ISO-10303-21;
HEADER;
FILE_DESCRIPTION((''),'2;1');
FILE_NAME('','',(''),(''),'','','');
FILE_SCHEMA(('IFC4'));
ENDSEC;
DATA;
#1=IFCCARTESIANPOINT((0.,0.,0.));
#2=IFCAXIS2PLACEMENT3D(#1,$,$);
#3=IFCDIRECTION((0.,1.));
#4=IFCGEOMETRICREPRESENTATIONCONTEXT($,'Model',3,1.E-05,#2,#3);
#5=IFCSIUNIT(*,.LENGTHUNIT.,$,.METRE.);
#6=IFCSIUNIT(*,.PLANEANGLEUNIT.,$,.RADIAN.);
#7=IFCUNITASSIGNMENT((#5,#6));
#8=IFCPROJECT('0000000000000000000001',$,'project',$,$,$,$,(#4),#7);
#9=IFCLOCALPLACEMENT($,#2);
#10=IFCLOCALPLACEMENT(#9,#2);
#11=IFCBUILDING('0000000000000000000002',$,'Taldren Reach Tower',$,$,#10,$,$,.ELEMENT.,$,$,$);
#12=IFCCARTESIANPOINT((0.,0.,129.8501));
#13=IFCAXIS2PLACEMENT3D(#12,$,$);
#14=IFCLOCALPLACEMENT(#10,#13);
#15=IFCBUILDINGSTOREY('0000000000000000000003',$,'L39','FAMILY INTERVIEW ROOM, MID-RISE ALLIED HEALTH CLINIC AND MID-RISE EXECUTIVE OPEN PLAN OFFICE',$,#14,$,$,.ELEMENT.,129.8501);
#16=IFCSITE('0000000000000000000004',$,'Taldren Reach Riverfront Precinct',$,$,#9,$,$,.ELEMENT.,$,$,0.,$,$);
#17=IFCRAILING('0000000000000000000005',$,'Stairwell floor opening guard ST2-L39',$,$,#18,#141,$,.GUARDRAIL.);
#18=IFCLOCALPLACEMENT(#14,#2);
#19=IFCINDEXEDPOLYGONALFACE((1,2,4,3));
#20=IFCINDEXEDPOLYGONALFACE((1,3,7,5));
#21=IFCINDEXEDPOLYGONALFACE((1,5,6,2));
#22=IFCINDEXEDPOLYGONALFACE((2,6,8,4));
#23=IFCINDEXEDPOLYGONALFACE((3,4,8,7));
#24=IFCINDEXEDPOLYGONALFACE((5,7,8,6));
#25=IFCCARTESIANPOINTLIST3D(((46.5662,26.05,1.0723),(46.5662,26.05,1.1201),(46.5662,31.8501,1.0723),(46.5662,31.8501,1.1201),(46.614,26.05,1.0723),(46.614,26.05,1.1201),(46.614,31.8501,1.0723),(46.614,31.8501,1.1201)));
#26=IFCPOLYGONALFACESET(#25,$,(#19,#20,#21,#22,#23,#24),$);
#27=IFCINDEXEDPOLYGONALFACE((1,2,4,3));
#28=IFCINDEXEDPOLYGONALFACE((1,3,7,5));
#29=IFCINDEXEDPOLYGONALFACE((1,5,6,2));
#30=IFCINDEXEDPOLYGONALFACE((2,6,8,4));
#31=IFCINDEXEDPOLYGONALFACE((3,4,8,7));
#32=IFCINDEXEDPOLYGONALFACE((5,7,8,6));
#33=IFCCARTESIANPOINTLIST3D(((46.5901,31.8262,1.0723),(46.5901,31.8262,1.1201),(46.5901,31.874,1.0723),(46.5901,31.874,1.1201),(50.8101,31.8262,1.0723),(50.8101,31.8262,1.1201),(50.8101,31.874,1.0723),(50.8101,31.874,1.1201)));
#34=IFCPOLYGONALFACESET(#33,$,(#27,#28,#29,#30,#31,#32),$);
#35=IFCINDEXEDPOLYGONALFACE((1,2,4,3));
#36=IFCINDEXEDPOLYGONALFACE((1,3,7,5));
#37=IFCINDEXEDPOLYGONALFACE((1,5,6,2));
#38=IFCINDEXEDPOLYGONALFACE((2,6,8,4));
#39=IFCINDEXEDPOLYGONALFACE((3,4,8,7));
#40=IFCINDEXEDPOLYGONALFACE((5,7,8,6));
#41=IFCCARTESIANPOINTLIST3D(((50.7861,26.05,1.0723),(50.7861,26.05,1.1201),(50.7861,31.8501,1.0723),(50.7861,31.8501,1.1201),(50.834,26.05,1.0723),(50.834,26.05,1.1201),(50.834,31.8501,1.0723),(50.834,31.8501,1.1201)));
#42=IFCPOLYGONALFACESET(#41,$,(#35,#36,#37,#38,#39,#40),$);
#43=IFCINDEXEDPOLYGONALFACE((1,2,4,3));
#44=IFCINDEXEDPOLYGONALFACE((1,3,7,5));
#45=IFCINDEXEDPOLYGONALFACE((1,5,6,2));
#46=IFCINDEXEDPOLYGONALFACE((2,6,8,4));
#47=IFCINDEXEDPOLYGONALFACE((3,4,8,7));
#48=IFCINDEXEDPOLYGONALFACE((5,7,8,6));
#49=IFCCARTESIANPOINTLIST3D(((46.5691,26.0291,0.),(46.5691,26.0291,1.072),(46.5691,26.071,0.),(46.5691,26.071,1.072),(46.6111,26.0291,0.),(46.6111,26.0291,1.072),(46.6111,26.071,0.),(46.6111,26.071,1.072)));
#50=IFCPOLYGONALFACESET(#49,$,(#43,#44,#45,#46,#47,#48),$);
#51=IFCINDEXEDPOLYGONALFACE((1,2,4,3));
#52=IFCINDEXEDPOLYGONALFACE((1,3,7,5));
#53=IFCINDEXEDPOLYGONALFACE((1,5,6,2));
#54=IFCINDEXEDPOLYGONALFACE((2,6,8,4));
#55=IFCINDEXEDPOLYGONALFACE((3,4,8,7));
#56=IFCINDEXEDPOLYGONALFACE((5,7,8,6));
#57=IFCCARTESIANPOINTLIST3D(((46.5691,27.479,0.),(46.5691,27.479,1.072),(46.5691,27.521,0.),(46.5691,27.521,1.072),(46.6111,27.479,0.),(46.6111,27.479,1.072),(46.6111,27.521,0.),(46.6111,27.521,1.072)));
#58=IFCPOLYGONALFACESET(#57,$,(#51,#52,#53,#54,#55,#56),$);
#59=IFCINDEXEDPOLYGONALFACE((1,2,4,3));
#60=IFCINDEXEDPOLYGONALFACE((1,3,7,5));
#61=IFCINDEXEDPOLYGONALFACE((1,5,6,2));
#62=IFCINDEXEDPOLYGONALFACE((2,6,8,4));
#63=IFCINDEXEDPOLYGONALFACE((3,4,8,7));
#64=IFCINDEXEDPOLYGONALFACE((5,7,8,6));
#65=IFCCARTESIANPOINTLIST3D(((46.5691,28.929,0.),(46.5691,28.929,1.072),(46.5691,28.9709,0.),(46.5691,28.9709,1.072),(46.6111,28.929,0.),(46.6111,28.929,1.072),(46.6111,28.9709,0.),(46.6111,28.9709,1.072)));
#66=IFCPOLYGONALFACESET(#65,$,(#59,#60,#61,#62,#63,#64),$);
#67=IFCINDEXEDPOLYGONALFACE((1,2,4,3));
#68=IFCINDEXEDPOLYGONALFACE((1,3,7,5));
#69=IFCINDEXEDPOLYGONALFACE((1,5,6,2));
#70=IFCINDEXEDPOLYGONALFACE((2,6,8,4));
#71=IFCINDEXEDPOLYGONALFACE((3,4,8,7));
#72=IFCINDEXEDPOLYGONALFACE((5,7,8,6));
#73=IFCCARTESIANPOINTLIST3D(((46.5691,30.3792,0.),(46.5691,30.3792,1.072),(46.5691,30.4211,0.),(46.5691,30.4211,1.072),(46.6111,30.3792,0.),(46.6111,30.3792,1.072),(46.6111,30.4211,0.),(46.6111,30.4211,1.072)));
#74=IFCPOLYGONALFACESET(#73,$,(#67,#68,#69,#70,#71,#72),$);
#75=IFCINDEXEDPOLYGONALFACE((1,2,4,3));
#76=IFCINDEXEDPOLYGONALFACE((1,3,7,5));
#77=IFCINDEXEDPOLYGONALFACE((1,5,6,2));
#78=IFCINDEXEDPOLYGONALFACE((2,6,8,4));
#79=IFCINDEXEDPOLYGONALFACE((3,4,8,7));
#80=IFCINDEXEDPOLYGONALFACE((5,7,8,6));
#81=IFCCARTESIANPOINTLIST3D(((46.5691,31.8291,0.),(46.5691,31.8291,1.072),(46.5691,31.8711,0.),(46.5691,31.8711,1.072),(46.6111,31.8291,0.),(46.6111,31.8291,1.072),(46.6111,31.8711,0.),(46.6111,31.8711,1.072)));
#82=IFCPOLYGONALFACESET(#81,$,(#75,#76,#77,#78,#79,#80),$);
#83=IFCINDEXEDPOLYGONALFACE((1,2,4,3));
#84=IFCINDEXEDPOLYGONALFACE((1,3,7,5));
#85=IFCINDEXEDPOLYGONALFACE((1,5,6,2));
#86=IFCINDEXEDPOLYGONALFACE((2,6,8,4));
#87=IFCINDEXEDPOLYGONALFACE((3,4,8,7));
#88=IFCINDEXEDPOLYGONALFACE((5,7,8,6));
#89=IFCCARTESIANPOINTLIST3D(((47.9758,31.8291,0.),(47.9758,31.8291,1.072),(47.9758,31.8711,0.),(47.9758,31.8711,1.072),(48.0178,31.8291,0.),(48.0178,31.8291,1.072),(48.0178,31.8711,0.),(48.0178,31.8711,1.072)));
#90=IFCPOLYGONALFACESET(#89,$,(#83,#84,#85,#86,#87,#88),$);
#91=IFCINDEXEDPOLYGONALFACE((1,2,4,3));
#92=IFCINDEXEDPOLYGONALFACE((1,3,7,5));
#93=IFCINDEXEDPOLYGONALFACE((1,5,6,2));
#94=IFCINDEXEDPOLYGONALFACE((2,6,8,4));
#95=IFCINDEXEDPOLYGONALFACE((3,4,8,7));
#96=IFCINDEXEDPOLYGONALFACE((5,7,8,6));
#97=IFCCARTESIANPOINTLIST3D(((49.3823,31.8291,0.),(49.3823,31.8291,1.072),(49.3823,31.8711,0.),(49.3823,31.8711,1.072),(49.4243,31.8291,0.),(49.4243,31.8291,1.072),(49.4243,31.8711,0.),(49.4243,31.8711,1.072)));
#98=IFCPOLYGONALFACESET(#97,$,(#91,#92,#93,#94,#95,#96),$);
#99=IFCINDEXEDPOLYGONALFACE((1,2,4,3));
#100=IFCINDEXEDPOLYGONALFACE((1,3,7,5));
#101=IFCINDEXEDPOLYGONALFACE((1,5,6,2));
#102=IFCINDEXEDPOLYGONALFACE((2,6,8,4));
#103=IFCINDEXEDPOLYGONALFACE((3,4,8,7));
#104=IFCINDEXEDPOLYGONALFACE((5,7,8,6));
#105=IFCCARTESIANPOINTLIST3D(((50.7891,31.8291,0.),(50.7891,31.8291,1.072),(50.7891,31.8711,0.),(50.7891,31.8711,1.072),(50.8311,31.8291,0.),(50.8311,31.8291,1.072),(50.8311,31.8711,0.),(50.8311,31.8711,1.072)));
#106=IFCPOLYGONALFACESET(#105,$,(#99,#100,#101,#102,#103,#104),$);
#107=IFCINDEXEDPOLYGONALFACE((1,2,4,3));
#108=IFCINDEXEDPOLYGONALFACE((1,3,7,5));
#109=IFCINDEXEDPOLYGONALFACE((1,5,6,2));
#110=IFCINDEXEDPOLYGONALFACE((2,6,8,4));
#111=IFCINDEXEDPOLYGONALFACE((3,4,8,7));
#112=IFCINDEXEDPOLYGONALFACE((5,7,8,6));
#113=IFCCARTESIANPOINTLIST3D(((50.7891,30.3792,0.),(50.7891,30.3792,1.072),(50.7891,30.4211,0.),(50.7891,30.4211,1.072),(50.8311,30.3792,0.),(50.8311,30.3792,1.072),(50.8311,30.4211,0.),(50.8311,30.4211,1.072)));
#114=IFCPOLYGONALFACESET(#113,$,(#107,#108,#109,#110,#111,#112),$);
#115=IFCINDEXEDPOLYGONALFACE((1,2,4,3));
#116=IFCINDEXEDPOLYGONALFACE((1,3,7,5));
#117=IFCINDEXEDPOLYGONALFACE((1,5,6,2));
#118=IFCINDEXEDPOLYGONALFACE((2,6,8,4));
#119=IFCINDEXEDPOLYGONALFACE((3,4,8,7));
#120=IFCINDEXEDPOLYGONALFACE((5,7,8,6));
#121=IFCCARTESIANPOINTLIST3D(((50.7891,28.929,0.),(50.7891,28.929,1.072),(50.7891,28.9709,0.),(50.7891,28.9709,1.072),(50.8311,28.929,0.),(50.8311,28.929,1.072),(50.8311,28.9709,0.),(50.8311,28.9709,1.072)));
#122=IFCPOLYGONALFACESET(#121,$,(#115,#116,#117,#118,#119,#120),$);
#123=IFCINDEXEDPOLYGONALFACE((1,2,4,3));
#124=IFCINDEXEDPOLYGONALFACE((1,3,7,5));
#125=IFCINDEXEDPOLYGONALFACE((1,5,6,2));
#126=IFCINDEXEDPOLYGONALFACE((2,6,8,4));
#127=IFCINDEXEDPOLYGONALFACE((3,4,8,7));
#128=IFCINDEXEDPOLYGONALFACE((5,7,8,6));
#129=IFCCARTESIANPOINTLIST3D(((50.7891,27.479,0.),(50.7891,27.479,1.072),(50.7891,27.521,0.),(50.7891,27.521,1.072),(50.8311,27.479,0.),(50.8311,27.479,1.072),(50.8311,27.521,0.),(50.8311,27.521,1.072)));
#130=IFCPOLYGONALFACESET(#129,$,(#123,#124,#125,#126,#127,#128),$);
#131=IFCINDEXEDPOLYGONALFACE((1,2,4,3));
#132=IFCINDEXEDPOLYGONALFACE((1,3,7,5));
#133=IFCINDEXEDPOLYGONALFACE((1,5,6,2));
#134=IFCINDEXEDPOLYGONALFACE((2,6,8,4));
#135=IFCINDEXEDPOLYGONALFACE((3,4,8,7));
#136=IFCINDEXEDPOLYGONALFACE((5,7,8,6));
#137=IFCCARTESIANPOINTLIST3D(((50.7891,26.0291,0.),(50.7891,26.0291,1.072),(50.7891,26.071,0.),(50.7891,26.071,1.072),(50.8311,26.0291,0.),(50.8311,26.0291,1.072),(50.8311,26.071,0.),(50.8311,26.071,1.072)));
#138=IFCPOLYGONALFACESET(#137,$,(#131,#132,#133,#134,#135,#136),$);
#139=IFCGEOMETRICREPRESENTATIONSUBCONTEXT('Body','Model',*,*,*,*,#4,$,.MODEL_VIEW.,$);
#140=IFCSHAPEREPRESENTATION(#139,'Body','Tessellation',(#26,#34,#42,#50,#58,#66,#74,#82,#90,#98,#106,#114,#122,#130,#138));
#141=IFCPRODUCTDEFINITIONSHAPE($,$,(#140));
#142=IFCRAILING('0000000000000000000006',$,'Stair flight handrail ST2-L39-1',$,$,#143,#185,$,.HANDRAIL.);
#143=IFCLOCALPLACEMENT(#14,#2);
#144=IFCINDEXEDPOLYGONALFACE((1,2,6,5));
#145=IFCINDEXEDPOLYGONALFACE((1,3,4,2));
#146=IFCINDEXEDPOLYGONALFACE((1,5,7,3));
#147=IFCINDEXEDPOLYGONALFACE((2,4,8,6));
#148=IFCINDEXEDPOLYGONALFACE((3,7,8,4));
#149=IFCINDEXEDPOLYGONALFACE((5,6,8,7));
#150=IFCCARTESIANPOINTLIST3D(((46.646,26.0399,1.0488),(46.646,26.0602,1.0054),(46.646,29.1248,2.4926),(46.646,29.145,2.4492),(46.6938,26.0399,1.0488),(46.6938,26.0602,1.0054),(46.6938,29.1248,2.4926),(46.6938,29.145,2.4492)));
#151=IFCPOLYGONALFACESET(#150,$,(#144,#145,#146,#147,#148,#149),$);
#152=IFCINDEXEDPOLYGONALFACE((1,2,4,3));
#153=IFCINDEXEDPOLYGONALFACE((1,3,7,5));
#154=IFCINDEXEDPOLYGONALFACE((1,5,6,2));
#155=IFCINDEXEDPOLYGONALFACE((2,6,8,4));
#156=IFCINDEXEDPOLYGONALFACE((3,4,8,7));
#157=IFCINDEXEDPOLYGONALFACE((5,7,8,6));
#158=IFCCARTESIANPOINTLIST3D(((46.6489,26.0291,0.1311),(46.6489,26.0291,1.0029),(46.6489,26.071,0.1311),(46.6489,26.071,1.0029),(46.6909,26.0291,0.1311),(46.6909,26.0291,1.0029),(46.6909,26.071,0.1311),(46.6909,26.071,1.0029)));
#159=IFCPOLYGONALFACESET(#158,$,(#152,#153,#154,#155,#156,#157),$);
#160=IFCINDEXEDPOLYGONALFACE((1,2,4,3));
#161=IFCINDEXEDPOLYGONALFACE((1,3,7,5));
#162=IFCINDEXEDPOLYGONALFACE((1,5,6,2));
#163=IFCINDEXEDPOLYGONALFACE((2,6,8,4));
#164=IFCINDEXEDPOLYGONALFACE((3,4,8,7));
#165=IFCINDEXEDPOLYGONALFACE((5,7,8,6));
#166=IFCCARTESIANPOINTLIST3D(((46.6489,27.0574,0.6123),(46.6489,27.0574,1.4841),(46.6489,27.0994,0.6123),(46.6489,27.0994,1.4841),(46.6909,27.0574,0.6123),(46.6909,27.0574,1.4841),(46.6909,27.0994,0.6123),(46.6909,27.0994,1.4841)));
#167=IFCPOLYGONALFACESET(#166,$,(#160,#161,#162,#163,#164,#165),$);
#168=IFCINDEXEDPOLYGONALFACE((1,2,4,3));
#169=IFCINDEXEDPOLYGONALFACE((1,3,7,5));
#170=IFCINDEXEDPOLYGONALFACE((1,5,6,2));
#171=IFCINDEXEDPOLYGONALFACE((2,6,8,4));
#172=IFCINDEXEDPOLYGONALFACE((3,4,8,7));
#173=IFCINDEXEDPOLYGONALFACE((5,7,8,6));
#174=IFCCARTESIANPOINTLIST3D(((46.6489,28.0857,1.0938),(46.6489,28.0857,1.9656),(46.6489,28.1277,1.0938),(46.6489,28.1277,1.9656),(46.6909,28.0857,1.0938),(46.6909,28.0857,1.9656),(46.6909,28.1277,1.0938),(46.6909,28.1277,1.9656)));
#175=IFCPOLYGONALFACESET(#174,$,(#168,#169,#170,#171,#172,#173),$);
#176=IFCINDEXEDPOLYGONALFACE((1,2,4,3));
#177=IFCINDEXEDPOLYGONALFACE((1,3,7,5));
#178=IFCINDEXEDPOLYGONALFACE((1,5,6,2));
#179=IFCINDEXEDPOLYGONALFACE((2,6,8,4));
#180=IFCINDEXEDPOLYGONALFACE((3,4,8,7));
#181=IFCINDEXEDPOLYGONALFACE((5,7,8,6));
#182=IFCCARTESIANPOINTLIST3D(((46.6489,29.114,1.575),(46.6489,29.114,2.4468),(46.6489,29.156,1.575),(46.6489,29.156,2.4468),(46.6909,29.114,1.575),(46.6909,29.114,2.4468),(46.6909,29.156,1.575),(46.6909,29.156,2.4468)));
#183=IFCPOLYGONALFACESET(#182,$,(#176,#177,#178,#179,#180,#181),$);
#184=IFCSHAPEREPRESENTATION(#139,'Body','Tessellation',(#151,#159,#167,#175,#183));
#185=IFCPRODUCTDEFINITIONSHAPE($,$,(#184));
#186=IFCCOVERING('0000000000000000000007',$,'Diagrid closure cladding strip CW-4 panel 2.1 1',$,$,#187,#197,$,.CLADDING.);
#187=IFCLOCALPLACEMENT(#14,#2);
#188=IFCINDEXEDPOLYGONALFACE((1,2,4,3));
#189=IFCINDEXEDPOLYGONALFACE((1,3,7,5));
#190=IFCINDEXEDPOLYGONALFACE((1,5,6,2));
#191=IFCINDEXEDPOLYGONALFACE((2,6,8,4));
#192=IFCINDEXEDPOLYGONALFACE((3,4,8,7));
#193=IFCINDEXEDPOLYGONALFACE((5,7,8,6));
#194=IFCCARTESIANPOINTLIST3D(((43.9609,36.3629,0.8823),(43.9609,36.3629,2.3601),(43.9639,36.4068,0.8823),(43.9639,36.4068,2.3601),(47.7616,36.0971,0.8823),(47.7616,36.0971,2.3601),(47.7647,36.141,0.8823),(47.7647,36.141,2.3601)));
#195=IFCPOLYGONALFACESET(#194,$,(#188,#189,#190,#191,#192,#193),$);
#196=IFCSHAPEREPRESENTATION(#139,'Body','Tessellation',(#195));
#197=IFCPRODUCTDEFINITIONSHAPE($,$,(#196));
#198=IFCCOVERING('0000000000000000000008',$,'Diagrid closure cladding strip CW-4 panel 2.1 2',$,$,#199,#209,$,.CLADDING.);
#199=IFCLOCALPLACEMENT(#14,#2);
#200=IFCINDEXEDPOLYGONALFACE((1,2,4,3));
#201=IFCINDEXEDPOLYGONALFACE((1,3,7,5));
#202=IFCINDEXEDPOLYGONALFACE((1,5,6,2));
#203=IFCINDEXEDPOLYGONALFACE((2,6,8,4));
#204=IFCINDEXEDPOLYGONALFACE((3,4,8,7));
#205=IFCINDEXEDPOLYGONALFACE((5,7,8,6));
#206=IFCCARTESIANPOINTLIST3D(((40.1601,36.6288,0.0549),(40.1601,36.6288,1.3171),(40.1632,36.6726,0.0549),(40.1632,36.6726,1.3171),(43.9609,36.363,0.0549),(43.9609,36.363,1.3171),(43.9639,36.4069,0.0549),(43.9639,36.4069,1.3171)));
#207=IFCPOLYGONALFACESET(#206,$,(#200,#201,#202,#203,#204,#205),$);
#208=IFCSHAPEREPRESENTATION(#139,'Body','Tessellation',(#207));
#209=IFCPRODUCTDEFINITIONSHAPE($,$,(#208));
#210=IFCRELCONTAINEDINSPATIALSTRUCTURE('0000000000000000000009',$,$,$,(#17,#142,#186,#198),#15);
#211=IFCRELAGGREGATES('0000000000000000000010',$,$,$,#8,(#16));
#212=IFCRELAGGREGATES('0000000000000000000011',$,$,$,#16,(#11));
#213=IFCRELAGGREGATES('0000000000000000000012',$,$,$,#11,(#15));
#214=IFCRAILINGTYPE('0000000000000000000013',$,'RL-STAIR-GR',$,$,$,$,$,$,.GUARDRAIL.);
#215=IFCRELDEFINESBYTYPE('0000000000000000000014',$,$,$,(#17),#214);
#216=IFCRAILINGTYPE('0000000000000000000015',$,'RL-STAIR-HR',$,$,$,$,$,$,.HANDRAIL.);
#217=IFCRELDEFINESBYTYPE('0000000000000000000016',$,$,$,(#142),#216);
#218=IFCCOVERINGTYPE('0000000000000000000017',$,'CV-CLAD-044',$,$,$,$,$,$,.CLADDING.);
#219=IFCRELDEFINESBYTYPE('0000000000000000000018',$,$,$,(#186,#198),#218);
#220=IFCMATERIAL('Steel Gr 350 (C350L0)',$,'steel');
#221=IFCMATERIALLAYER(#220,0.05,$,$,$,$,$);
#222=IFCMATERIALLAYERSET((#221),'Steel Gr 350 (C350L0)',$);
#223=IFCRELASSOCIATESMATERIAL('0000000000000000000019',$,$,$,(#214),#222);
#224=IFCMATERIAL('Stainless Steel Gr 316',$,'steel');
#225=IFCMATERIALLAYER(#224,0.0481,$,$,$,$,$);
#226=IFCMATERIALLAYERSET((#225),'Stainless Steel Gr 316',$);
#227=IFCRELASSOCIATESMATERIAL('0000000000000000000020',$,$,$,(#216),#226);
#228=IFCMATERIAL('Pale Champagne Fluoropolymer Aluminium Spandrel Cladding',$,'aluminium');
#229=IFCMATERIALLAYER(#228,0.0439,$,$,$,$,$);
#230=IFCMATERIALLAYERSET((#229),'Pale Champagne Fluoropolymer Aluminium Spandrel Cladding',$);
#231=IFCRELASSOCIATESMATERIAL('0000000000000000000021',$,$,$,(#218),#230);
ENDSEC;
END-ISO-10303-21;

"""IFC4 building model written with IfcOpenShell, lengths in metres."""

from ifc_helpers import new_model, si_unit, direction, frame, origin, origin_2d, place, context, subcontext, project, spatial, rectangle, extrude, source, transform, mapped, material, layer, layer_set, type_object, element, save


model = new_model("IFC4")

# Units and contexts
model_context = context("Model", 3, precision=1e-05, world=origin(), true_north=direction((0.0, 1.0)))
body_context = subcontext(model_context, "Body", "Model", "MODEL_VIEW")
ifc_project = project(units=[si_unit("LENGTHUNIT", "METRE"), si_unit("PLANEANGLEUNIT", "RADIAN")], contexts=[model_context])

# Site, building, storey
site_placement = place(None, origin())
site = spatial("IfcSite", under=ifc_project, at=site_placement, Name="Taldren Reach Riverfront Precinct", CompositionType="ELEMENT", RefElevation=0.0)
building_placement = place(site_placement, origin())
building = spatial("IfcBuilding", under=site, at=building_placement, Name="Taldren Reach Tower", CompositionType="ELEMENT")
storey_placement = place(building_placement, frame((0.0, 0.0, 129.8501)))
storey = spatial("IfcBuildingStorey", under=building, at=storey_placement, Name="L39", Description="FAMILY INTERVIEW ROOM, MID-RISE ALLIED HEALTH CLINIC AND MID-RISE EXECUTIVE OPEN PLAN OFFICE", CompositionType="ELEMENT", Elevation=129.8501)

# Shared definitions
ifc_material_1 = material(Name="Steel Gr 350 (C350L0)", Category="steel")

# Railings
ifc_layer_1 = layer(ifc_material_1, 0.05)
ifc_layer_set_1 = layer_set([ifc_layer_1], Name="Steel Gr 350 (C350L0)")
railing_type_1 = type_object("IfcRailingType", Name="RL-STAIR-GR", PredefinedType="GUARDRAIL", material=ifc_layer_set_1)
railing_1_placement = place(storey_placement, frame((46.5901, 26.05, 0.0)))
element("IfcRailing", 1, at=railing_1_placement, inside=storey, type_object=railing_type_1, Name="Stairwell floor opening guard ST2-L39", PredefinedType="GUARDRAIL", context=body_context, shape_type="SweptSolid", body=[
    extrude(rectangle(XDim=0.0479, YDim=0.0479, at=origin_2d()), frame((0.0, 0.0, 1.0962), z_axis=(0.0, 1.0, 0.0), x_axis=(-1.0, 0.0, 0.0)), (0.0, 0.0, 1.0), 5.8),
    extrude(rectangle(XDim=0.0479, YDim=0.0479, at=origin_2d()), frame((0.0, 5.8, 1.0962), z_axis=(1.0, 0.0, 0.0), x_axis=(0.0, 1.0, 0.0)), (0.0, 0.0, 1.0), 4.22),
    extrude(rectangle(XDim=0.0479, YDim=0.0479, at=origin_2d()), frame((4.22, 5.8, 1.0962), z_axis=(0.0, -1.0, 0.0), x_axis=(1.0, 0.0, 0.0)), (0.0, 0.0, 1.0), 5.8),
    extrude(rectangle(XDim=0.042, YDim=0.042, at=origin_2d()), origin(), (0.0, 0.0, 1.0), 1.072),
    extrude(rectangle(XDim=0.042, YDim=0.042, at=origin_2d()), frame((0.0, 1.45, 0.0)), (0.0, 0.0, 1.0), 1.072),
    extrude(rectangle(XDim=0.042, YDim=0.042, at=origin_2d()), frame((0.0, 2.8999, 0.0)), (0.0, 0.0, 1.0), 1.072),
    extrude(rectangle(XDim=0.042, YDim=0.042, at=origin_2d()), frame((0.0, 4.3501, 0.0)), (0.0, 0.0, 1.0), 1.072),
    extrude(rectangle(XDim=0.042, YDim=0.042, at=origin_2d()), frame((0.0, 5.8, 0.0)), (0.0, 0.0, 1.0), 1.072),
    extrude(rectangle(XDim=0.042, YDim=0.042, at=origin_2d()), frame((1.4067, 5.8, 0.0)), (0.0, 0.0, 1.0), 1.072),
    extrude(rectangle(XDim=0.042, YDim=0.042, at=origin_2d()), frame((2.8132, 5.8, 0.0)), (0.0, 0.0, 1.0), 1.072),
    extrude(rectangle(XDim=0.042, YDim=0.042, at=origin_2d()), frame((4.22, 5.8, 0.0)), (0.0, 0.0, 1.0), 1.072),
    extrude(rectangle(XDim=0.042, YDim=0.042, at=origin_2d()), frame((4.22, 4.3501, 0.0)), (0.0, 0.0, 1.0), 1.072),
    extrude(rectangle(XDim=0.042, YDim=0.042, at=origin_2d()), frame((4.22, 2.8999, 0.0)), (0.0, 0.0, 1.0), 1.072),
    extrude(rectangle(XDim=0.042, YDim=0.042, at=origin_2d()), frame((4.22, 1.45, 0.0)), (0.0, 0.0, 1.0), 1.072),
    extrude(rectangle(XDim=0.042, YDim=0.042, at=origin_2d()), frame((4.22, 0.0, 0.0)), (0.0, 0.0, 1.0), 1.072),
])
ifc_material_2 = material(Name="Stainless Steel Gr 316", Category="steel")
ifc_layer_2 = layer(ifc_material_2, 0.0481)
ifc_layer_set_2 = layer_set([ifc_layer_2], Name="Stainless Steel Gr 316")
railing_type_2 = type_object("IfcRailingType", Name="RL-STAIR-HR", PredefinedType="HANDRAIL", material=ifc_layer_set_2)
railing_2_placement = place(storey_placement, frame((46.6699, 26.05, 0.1311)))
element("IfcRailing", 2, at=railing_2_placement, inside=storey, type_object=railing_type_2, Name="Stair flight handrail ST2-L39-1", PredefinedType="HANDRAIL", context=body_context, shape_type="SweptSolid", body=[
    extrude(rectangle(XDim=0.0479, YDim=0.0479, at=origin_2d()), frame((0.0, 0.0, 0.896), z_axis=(0.0, 0.90571, 0.423898), x_axis=(-1.0, 0.0, 0.0)), (0.0, 0.0, 1.0), 3.406),
    extrude(rectangle(XDim=0.042, YDim=0.042, at=origin_2d()), origin(), (0.0, 0.0, 1.0), 0.8718),
    extrude(rectangle(XDim=0.042, YDim=0.042, at=origin_2d()), frame((0.0, 1.0283, 0.4812)), (0.0, 0.0, 1.0), 0.8718),
    extrude(rectangle(XDim=0.042, YDim=0.042, at=origin_2d()), frame((0.0, 2.0566, 0.9626)), (0.0, 0.0, 1.0), 0.8718),
    extrude(rectangle(XDim=0.042, YDim=0.042, at=origin_2d()), frame((0.0, 3.085, 1.4438)), (0.0, 0.0, 1.0), 0.8718),
])

# Coverings
ifc_material_3 = material(Name="Pale Champagne Fluoropolymer Aluminium Spandrel Cladding", Category="aluminium")
ifc_layer_3 = layer(ifc_material_3, 0.0439)
ifc_layer_set_3 = layer_set([ifc_layer_3], Name="Pale Champagne Fluoropolymer Aluminium Spandrel Cladding")
covering_type = type_object("IfcCoveringType", Name="CV-CLAD-044", PredefinedType="CLADDING", material=ifc_layer_set_3)
shared_shape_1 = source(origin(), body_context, "Body", "SweptSolid", [
    extrude(rectangle(XDim=3.8101, YDim=0.0439, at=origin_2d()), origin(), (0.0, 0.0, 1.0), 1.4778),
])
covering_1_placement = place(storey_placement, frame((45.8628, 36.252, 0.8823), z_axis=(0.0, 0.0, 1.0), x_axis=(-0.997564, 0.069757, 0.0)))
element("IfcCovering", 3, at=covering_1_placement, inside=storey, type_object=covering_type, Name="Diagrid closure cladding strip CW-4 panel 2.1 1", PredefinedType="CLADDING", context=body_context, shape_type="MappedRepresentation", body=[
    mapped(shared_shape_1, transform((0.0, 0.0, 0.0), scale=1.0)),
])
shared_shape_2 = source(origin(), body_context, "Body", "SweptSolid", [
    extrude(rectangle(XDim=3.8101, YDim=0.0439, at=origin_2d()), origin(), (0.0, 0.0, 1.0), 1.2622),
])
covering_2_placement = place(storey_placement, frame((42.062, 36.5178, 0.0549), z_axis=(0.0, 0.0, 1.0), x_axis=(-0.997564, 0.069757, 0.0)))
element("IfcCovering", 4, at=covering_2_placement, inside=storey, type_object=covering_type, Name="Diagrid closure cladding strip CW-4 panel 2.1 2", PredefinedType="CLADDING", context=body_context, shape_type="MappedRepresentation", body=[
    mapped(shared_shape_2, transform((0.0, 0.0, 0.0), scale=1.0)),
])

save(model, "model.ifc")
